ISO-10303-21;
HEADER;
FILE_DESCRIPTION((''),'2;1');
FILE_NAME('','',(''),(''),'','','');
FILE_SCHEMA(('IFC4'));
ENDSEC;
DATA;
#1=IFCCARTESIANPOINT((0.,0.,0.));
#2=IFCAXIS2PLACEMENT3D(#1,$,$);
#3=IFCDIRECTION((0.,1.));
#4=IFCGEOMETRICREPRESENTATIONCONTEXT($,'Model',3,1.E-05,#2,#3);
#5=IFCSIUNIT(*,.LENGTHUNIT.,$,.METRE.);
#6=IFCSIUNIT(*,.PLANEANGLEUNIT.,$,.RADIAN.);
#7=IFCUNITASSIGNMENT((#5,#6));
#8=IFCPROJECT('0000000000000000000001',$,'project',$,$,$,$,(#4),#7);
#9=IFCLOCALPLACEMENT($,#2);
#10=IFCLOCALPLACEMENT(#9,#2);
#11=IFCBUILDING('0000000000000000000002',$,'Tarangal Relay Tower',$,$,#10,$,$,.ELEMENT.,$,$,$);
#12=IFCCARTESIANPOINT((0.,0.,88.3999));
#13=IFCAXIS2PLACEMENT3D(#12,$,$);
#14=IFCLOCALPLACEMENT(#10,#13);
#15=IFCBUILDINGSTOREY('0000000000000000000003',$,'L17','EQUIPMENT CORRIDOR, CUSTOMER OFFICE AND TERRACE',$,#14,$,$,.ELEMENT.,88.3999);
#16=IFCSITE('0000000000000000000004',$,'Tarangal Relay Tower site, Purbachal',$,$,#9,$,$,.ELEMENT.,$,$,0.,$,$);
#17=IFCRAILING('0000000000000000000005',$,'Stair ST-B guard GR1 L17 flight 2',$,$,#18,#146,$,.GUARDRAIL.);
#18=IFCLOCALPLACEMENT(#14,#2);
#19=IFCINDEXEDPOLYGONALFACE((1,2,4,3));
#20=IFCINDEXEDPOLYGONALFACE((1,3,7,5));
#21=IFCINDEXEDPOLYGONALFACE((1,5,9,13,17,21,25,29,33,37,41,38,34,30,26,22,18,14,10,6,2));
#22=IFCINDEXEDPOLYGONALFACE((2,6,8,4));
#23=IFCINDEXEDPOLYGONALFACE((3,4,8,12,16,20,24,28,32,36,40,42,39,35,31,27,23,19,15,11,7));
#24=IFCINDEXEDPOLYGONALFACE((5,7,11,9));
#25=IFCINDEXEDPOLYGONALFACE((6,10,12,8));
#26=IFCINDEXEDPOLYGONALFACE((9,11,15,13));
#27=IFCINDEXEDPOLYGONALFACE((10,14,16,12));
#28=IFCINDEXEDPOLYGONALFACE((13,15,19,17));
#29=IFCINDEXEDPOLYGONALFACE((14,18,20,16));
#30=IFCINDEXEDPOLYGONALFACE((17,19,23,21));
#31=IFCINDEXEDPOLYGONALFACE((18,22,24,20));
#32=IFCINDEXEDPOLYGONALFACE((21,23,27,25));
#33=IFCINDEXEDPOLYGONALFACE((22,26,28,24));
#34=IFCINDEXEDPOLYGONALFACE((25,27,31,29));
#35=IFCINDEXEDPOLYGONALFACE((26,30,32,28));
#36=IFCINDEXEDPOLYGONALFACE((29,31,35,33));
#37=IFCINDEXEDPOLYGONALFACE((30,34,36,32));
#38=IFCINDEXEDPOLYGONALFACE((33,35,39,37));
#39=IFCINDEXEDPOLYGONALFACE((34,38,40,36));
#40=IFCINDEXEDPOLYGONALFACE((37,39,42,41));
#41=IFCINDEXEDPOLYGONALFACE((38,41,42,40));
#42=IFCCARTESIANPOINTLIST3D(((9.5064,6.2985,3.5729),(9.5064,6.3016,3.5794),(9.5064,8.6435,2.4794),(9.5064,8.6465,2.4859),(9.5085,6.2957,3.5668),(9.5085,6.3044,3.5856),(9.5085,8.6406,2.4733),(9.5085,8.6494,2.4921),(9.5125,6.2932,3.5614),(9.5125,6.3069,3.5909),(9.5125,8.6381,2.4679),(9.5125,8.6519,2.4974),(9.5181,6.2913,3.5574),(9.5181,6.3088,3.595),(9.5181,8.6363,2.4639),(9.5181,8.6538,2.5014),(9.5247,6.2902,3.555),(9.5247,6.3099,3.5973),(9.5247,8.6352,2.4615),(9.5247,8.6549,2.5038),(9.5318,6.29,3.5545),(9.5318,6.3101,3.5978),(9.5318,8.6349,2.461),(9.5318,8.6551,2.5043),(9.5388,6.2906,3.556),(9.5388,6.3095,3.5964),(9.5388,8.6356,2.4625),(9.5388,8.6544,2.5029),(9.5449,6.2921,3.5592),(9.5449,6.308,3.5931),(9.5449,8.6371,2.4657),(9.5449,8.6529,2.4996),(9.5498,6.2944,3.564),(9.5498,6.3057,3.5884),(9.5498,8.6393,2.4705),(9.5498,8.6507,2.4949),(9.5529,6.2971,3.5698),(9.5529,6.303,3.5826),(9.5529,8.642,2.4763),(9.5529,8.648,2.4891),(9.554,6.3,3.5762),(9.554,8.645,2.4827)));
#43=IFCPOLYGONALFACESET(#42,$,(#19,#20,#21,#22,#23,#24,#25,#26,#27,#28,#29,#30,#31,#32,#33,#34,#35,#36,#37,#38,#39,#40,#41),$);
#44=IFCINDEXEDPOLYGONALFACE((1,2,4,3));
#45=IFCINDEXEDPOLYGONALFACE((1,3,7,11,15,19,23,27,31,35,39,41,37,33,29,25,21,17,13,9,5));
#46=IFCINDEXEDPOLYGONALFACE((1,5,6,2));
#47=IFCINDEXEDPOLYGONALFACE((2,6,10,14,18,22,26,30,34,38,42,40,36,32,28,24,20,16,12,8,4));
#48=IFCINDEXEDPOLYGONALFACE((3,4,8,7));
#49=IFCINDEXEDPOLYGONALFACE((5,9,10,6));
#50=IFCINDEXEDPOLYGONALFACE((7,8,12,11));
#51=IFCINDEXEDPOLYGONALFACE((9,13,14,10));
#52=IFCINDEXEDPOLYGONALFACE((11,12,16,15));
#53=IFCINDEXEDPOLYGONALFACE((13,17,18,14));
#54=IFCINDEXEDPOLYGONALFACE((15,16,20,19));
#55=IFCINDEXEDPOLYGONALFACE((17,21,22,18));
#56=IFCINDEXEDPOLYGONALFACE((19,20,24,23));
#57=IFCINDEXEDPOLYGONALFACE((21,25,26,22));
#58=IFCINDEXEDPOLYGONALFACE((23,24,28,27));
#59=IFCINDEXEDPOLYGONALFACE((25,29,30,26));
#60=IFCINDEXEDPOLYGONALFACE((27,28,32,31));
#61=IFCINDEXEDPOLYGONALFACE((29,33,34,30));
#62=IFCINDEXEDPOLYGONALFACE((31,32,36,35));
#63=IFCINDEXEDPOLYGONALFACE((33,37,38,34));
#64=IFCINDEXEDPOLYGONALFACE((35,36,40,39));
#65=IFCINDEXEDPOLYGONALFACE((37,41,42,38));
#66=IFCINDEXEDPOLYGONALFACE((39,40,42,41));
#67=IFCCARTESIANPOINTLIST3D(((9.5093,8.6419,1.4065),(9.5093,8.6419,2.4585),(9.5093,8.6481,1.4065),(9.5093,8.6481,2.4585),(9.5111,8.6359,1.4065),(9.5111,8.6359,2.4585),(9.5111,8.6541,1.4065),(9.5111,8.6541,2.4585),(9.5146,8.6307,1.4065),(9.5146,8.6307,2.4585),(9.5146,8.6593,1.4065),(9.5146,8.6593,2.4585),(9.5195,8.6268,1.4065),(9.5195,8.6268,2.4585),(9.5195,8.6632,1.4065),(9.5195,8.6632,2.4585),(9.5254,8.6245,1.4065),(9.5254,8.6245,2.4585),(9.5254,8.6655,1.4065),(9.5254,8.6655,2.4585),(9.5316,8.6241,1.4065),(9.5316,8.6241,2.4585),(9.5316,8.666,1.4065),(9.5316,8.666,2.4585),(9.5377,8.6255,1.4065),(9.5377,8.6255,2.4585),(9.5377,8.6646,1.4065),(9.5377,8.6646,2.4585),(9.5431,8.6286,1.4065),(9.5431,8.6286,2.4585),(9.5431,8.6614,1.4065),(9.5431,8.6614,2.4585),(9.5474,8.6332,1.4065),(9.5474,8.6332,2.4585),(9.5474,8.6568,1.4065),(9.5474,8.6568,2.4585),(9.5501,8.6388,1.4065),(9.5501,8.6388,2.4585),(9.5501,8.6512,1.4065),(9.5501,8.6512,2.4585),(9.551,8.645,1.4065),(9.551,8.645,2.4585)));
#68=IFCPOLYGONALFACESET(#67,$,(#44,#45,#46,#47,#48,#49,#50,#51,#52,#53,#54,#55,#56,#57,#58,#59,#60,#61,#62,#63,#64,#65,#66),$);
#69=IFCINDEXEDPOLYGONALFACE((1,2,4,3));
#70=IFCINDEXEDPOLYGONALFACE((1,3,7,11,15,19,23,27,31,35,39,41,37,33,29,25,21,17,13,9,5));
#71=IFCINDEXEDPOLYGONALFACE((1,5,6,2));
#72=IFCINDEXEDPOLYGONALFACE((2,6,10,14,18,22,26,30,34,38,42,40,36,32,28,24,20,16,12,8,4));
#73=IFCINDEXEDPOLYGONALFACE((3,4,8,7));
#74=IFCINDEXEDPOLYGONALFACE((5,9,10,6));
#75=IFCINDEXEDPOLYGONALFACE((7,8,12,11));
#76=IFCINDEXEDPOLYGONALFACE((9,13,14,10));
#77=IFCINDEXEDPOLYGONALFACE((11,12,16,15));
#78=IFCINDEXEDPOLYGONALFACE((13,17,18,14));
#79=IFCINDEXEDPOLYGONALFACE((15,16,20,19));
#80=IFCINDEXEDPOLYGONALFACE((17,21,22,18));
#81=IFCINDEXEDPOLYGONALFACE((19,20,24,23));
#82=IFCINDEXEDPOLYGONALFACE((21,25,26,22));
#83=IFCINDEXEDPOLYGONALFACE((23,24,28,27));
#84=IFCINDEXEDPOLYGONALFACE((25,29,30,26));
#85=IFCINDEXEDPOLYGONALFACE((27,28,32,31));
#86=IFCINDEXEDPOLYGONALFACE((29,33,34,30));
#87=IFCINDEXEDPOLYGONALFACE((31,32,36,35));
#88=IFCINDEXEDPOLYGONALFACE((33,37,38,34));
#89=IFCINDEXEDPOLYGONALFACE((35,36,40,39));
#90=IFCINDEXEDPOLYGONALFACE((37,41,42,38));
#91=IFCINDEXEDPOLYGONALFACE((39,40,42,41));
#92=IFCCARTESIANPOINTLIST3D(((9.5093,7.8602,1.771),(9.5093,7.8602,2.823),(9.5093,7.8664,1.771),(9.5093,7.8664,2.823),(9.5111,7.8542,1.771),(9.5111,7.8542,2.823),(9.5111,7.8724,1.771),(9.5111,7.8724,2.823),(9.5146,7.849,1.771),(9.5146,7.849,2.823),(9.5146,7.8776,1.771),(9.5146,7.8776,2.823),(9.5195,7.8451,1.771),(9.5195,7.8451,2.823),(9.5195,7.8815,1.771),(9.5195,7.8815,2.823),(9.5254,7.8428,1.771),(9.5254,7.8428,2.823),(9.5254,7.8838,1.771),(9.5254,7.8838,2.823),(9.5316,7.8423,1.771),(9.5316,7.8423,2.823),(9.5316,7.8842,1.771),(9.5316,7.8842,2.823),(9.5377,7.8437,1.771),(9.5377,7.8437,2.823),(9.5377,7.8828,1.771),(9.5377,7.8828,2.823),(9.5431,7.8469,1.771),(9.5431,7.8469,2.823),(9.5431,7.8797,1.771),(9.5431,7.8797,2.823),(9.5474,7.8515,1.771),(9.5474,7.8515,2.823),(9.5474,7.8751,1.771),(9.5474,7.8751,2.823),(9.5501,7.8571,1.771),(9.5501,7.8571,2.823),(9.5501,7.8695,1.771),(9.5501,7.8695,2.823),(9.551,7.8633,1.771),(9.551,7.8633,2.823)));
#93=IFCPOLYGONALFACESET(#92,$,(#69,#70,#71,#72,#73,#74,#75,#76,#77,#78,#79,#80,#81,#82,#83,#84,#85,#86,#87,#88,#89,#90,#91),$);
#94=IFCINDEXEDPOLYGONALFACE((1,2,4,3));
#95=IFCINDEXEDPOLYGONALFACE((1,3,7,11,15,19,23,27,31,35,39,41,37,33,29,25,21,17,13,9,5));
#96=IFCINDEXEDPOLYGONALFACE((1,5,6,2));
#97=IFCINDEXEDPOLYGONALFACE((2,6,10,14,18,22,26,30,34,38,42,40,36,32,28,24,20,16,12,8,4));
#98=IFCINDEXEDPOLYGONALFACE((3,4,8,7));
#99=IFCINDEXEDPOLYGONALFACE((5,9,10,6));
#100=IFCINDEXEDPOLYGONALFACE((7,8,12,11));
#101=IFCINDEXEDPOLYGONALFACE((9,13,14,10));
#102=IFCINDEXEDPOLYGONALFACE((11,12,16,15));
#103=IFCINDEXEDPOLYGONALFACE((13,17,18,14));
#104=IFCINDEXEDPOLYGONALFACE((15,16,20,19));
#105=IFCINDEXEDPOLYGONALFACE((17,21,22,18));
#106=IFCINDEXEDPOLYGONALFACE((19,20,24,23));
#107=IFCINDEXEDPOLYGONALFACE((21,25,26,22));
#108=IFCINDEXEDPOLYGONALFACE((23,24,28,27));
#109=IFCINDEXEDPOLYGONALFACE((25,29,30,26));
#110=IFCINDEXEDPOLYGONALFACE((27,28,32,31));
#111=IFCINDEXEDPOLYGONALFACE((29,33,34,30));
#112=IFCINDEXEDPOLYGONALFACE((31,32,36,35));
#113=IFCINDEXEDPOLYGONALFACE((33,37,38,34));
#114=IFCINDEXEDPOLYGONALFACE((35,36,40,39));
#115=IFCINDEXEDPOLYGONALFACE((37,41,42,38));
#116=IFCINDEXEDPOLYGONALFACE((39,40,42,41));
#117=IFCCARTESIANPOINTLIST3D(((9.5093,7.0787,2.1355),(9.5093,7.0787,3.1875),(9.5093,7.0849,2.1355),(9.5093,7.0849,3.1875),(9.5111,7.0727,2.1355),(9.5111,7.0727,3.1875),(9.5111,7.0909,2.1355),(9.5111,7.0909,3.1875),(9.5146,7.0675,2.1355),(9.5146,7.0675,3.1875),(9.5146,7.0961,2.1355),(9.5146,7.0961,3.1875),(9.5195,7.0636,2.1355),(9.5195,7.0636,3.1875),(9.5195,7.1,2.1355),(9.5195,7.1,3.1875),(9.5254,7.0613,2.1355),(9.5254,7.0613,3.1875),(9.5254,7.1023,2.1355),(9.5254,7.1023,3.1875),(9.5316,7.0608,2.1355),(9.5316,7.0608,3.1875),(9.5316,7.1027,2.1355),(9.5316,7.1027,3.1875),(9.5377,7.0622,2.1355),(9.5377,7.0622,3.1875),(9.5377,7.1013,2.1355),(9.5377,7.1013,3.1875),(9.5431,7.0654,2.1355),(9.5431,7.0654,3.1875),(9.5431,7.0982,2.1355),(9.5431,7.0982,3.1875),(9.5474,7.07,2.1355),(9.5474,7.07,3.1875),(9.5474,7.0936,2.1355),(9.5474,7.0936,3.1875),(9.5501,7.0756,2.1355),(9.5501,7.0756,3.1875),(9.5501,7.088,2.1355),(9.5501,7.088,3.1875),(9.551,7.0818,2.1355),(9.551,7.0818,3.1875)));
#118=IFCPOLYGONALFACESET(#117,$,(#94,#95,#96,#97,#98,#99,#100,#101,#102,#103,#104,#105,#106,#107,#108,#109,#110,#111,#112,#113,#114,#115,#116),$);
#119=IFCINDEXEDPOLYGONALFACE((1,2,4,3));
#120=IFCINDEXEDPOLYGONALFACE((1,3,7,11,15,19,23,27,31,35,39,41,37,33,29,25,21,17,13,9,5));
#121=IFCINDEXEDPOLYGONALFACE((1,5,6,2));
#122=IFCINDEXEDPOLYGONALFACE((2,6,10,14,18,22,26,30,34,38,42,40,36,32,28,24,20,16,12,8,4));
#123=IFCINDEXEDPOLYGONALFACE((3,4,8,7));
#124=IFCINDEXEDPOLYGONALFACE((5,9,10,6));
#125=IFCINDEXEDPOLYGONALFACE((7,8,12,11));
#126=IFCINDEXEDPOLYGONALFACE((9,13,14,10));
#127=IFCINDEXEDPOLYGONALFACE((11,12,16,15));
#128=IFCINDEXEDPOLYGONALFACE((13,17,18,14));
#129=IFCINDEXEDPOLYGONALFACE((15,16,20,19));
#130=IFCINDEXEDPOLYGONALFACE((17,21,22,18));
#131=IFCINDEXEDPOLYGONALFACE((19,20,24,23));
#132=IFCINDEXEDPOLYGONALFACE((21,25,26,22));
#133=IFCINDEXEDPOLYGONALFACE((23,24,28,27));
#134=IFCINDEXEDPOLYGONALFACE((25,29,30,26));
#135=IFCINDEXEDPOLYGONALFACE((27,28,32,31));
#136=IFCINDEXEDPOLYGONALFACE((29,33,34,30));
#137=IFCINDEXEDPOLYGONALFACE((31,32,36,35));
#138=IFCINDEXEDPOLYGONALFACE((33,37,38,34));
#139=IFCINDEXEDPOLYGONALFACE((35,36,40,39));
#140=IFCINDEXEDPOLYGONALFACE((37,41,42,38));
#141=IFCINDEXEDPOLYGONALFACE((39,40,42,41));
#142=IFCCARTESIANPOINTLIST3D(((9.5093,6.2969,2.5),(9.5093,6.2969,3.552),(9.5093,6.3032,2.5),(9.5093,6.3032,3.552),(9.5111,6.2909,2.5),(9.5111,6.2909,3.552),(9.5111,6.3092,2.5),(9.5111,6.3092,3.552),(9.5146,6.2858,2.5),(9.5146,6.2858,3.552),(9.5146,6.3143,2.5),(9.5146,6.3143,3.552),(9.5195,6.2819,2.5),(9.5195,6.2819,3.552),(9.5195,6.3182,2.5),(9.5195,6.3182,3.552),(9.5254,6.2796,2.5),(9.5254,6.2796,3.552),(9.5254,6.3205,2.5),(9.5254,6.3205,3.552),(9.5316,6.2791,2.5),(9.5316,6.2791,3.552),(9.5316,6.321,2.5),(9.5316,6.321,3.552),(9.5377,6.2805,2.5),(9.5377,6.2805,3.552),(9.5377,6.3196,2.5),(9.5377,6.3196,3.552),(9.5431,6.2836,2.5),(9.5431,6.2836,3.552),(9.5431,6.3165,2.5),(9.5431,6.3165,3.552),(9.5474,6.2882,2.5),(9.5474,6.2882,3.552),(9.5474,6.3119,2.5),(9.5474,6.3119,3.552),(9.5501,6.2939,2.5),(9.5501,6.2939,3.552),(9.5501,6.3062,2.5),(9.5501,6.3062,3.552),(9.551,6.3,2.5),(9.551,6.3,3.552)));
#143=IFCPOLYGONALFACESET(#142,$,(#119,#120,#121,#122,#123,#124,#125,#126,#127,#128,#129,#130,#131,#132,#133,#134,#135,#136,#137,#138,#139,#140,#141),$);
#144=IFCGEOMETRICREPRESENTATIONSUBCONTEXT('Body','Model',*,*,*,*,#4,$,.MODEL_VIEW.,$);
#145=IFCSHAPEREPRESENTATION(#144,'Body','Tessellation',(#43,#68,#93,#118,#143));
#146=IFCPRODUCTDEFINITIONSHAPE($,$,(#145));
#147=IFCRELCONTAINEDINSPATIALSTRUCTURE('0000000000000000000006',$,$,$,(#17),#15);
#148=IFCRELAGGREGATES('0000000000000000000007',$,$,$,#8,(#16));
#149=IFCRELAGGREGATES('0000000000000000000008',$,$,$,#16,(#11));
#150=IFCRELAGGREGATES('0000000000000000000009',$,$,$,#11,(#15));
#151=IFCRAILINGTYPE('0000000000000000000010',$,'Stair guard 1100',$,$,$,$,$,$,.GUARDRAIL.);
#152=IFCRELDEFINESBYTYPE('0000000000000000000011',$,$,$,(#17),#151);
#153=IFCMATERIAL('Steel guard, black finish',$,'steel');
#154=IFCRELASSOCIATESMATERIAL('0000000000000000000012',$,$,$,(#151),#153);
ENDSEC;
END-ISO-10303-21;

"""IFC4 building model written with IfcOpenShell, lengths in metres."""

from ifc_helpers import new_model, si_unit, direction, frame, origin, origin_2d, place, context, subcontext, project, spatial, circle, extrude, material, type_object, element, save


model = new_model("IFC4")

# Units and contexts
model_context = context("Model", 3, precision=1e-05, world=origin(), true_north=direction((0.0, 1.0)))
body_context = subcontext(model_context, "Body", "Model", "MODEL_VIEW")
ifc_project = project(units=[si_unit("LENGTHUNIT", "METRE"), si_unit("PLANEANGLEUNIT", "RADIAN")], contexts=[model_context])

# Site, building, storey
site_placement = place(None, origin())
site = spatial("IfcSite", under=ifc_project, at=site_placement, Name="Tarangal Relay Tower site, Purbachal", CompositionType="ELEMENT", RefElevation=0.0)
building_placement = place(site_placement, origin())
building = spatial("IfcBuilding", under=site, at=building_placement, Name="Tarangal Relay Tower", CompositionType="ELEMENT")
storey_placement = place(building_placement, frame((0.0, 0.0, 88.3999)))
storey = spatial("IfcBuildingStorey", under=building, at=storey_placement, Name="L17", Description="EQUIPMENT CORRIDOR, CUSTOMER OFFICE AND TERRACE", CompositionType="ELEMENT", Elevation=88.3999)

# Railing
ifc_material_1 = material(Name="Steel guard, black finish", Category="steel")
railing_type_1 = type_object("IfcRailingType", Name="Stair guard 1100", PredefinedType="GUARDRAIL", material=ifc_material_1)
railing_1_placement = place(storey_placement, frame((9.53, 8.645, 1.4065)))
element("IfcRailing", 1, at=railing_1_placement, inside=storey, type_object=railing_type_1, Name="Stair ST-B guard GR1 L17 flight 2", PredefinedType="GUARDRAIL", context=body_context, shape_type="SweptSolid", body=[
    extrude(circle(Radius=0.0239, at=origin_2d()), frame((0.0, 0.0, 1.0762), z_axis=(0.0, -0.906304, 0.422627), x_axis=(1.0, 0.0, 0.0)), (0.0, 0.0, 1.0), 2.5874),
    extrude(circle(Radius=0.021, at=origin_2d()), origin(), (0.0, 0.0, 1.0), 1.052),
    extrude(circle(Radius=0.021, at=origin_2d()), frame((0.0, -0.7817, 0.3645)), (0.0, 0.0, 1.0), 1.052),
    extrude(circle(Radius=0.021, at=origin_2d()), frame((0.0, -1.5632, 0.729)), (0.0, 0.0, 1.0), 1.052),
    extrude(circle(Radius=0.021, at=origin_2d()), frame((0.0, -2.345, 1.0935)), (0.0, 0.0, 1.0), 1.052),
])

save(model, "model.ifc")
